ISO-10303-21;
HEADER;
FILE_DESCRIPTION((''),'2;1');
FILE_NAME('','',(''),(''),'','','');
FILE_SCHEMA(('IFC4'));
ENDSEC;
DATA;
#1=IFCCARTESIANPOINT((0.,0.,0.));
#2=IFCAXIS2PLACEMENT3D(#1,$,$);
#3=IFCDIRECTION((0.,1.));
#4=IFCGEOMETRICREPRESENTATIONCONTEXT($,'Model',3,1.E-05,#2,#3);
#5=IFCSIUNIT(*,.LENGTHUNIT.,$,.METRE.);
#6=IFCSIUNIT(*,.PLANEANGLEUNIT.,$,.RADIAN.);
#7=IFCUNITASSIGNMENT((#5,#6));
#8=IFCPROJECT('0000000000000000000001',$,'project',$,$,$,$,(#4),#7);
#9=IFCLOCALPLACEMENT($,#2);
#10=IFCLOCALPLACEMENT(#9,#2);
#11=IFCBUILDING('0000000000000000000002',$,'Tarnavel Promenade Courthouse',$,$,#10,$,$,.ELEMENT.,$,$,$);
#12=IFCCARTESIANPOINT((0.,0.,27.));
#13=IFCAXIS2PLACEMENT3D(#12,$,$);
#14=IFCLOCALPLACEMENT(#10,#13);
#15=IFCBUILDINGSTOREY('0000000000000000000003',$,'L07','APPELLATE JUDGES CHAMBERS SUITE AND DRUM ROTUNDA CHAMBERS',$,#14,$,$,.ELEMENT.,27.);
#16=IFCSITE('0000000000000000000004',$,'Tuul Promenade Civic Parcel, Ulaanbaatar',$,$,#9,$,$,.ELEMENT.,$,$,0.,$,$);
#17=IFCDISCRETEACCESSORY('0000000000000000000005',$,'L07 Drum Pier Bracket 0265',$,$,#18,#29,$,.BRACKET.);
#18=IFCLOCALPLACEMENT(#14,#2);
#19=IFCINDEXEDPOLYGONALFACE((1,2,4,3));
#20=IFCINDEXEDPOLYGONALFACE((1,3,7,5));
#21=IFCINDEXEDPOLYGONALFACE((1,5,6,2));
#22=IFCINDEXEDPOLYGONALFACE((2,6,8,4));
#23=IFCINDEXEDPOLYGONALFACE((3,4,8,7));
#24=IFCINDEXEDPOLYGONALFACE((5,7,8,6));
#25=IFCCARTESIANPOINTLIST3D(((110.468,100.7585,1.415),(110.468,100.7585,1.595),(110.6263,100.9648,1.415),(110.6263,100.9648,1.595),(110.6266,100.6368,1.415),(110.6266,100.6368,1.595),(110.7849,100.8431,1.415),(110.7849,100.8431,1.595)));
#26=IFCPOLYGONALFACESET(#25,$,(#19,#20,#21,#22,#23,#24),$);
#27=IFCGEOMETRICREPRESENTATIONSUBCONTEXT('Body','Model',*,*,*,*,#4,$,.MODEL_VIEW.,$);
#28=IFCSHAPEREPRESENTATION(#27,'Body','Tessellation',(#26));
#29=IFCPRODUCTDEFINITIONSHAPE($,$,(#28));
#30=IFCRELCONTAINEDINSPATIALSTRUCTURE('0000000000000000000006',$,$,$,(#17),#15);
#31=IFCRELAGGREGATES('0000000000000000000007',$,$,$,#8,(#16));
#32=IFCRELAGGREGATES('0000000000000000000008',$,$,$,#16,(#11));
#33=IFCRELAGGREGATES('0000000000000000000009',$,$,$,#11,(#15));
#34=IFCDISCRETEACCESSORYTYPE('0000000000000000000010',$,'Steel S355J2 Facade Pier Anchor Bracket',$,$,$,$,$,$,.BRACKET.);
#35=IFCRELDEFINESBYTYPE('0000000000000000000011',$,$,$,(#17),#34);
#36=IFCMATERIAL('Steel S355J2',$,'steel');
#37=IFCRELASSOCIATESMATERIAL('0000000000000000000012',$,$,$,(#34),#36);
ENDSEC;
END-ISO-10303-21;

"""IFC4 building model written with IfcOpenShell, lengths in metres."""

from ifc_helpers import new_model, si_unit, direction, frame, origin, origin_2d, place, context, subcontext, project, spatial, rectangle, extrude, material, type_object, element, save


model = new_model("IFC4")

# Units and contexts
model_context = context("Model", 3, precision=1e-05, world=origin(), true_north=direction((0.0, 1.0)))
body_context = subcontext(model_context, "Body", "Model", "MODEL_VIEW")
ifc_project = project(units=[si_unit("LENGTHUNIT", "METRE"), si_unit("PLANEANGLEUNIT", "RADIAN")], contexts=[model_context])

# Site, building, storey
site_placement = place(None, origin())
site = spatial("IfcSite", under=ifc_project, at=site_placement, Name="Tuul Promenade Civic Parcel, Ulaanbaatar", CompositionType="ELEMENT", RefElevation=0.0)
building_placement = place(site_placement, origin())
building = spatial("IfcBuilding", under=site, at=building_placement, Name="Tarnavel Promenade Courthouse", CompositionType="ELEMENT")
storey_placement = place(building_placement, frame((0.0, 0.0, 27.0)))
storey = spatial("IfcBuildingStorey", under=building, at=storey_placement, Name="L07", Description="APPELLATE JUDGES CHAMBERS SUITE AND DRUM ROTUNDA CHAMBERS", CompositionType="ELEMENT", Elevation=27.0)

# Shared definitions
ifc_material_1 = material(Name="Steel S355J2", Category="steel")

# Discrete accessory
discrete_accessory_type = type_object("IfcDiscreteAccessoryType", Name="Steel S355J2 Facade Pier Anchor Bracket", PredefinedType="BRACKET", material=ifc_material_1)
for number, where, z_axis, x_axis, name in (
    (1, (110.6265, 100.8008, 1.415), (0.0, 0.0, 1.0), (-0.793353, 0.608761, 0.0), "L07 Drum Pier Bracket 0265"),
):
    element("IfcDiscreteAccessory", number, at=place(storey_placement, frame(where, z_axis=z_axis, x_axis=x_axis)), inside=storey, type_object=discrete_accessory_type, Name=name, PredefinedType="BRACKET", context=body_context, shape_type="SweptSolid", body=[
        extrude(rectangle(XDim=0.2, YDim=0.26, at=origin_2d()), origin(), (0.0, 0.0, 1.0), 0.1799),
    ])

save(model, "model.ifc")
